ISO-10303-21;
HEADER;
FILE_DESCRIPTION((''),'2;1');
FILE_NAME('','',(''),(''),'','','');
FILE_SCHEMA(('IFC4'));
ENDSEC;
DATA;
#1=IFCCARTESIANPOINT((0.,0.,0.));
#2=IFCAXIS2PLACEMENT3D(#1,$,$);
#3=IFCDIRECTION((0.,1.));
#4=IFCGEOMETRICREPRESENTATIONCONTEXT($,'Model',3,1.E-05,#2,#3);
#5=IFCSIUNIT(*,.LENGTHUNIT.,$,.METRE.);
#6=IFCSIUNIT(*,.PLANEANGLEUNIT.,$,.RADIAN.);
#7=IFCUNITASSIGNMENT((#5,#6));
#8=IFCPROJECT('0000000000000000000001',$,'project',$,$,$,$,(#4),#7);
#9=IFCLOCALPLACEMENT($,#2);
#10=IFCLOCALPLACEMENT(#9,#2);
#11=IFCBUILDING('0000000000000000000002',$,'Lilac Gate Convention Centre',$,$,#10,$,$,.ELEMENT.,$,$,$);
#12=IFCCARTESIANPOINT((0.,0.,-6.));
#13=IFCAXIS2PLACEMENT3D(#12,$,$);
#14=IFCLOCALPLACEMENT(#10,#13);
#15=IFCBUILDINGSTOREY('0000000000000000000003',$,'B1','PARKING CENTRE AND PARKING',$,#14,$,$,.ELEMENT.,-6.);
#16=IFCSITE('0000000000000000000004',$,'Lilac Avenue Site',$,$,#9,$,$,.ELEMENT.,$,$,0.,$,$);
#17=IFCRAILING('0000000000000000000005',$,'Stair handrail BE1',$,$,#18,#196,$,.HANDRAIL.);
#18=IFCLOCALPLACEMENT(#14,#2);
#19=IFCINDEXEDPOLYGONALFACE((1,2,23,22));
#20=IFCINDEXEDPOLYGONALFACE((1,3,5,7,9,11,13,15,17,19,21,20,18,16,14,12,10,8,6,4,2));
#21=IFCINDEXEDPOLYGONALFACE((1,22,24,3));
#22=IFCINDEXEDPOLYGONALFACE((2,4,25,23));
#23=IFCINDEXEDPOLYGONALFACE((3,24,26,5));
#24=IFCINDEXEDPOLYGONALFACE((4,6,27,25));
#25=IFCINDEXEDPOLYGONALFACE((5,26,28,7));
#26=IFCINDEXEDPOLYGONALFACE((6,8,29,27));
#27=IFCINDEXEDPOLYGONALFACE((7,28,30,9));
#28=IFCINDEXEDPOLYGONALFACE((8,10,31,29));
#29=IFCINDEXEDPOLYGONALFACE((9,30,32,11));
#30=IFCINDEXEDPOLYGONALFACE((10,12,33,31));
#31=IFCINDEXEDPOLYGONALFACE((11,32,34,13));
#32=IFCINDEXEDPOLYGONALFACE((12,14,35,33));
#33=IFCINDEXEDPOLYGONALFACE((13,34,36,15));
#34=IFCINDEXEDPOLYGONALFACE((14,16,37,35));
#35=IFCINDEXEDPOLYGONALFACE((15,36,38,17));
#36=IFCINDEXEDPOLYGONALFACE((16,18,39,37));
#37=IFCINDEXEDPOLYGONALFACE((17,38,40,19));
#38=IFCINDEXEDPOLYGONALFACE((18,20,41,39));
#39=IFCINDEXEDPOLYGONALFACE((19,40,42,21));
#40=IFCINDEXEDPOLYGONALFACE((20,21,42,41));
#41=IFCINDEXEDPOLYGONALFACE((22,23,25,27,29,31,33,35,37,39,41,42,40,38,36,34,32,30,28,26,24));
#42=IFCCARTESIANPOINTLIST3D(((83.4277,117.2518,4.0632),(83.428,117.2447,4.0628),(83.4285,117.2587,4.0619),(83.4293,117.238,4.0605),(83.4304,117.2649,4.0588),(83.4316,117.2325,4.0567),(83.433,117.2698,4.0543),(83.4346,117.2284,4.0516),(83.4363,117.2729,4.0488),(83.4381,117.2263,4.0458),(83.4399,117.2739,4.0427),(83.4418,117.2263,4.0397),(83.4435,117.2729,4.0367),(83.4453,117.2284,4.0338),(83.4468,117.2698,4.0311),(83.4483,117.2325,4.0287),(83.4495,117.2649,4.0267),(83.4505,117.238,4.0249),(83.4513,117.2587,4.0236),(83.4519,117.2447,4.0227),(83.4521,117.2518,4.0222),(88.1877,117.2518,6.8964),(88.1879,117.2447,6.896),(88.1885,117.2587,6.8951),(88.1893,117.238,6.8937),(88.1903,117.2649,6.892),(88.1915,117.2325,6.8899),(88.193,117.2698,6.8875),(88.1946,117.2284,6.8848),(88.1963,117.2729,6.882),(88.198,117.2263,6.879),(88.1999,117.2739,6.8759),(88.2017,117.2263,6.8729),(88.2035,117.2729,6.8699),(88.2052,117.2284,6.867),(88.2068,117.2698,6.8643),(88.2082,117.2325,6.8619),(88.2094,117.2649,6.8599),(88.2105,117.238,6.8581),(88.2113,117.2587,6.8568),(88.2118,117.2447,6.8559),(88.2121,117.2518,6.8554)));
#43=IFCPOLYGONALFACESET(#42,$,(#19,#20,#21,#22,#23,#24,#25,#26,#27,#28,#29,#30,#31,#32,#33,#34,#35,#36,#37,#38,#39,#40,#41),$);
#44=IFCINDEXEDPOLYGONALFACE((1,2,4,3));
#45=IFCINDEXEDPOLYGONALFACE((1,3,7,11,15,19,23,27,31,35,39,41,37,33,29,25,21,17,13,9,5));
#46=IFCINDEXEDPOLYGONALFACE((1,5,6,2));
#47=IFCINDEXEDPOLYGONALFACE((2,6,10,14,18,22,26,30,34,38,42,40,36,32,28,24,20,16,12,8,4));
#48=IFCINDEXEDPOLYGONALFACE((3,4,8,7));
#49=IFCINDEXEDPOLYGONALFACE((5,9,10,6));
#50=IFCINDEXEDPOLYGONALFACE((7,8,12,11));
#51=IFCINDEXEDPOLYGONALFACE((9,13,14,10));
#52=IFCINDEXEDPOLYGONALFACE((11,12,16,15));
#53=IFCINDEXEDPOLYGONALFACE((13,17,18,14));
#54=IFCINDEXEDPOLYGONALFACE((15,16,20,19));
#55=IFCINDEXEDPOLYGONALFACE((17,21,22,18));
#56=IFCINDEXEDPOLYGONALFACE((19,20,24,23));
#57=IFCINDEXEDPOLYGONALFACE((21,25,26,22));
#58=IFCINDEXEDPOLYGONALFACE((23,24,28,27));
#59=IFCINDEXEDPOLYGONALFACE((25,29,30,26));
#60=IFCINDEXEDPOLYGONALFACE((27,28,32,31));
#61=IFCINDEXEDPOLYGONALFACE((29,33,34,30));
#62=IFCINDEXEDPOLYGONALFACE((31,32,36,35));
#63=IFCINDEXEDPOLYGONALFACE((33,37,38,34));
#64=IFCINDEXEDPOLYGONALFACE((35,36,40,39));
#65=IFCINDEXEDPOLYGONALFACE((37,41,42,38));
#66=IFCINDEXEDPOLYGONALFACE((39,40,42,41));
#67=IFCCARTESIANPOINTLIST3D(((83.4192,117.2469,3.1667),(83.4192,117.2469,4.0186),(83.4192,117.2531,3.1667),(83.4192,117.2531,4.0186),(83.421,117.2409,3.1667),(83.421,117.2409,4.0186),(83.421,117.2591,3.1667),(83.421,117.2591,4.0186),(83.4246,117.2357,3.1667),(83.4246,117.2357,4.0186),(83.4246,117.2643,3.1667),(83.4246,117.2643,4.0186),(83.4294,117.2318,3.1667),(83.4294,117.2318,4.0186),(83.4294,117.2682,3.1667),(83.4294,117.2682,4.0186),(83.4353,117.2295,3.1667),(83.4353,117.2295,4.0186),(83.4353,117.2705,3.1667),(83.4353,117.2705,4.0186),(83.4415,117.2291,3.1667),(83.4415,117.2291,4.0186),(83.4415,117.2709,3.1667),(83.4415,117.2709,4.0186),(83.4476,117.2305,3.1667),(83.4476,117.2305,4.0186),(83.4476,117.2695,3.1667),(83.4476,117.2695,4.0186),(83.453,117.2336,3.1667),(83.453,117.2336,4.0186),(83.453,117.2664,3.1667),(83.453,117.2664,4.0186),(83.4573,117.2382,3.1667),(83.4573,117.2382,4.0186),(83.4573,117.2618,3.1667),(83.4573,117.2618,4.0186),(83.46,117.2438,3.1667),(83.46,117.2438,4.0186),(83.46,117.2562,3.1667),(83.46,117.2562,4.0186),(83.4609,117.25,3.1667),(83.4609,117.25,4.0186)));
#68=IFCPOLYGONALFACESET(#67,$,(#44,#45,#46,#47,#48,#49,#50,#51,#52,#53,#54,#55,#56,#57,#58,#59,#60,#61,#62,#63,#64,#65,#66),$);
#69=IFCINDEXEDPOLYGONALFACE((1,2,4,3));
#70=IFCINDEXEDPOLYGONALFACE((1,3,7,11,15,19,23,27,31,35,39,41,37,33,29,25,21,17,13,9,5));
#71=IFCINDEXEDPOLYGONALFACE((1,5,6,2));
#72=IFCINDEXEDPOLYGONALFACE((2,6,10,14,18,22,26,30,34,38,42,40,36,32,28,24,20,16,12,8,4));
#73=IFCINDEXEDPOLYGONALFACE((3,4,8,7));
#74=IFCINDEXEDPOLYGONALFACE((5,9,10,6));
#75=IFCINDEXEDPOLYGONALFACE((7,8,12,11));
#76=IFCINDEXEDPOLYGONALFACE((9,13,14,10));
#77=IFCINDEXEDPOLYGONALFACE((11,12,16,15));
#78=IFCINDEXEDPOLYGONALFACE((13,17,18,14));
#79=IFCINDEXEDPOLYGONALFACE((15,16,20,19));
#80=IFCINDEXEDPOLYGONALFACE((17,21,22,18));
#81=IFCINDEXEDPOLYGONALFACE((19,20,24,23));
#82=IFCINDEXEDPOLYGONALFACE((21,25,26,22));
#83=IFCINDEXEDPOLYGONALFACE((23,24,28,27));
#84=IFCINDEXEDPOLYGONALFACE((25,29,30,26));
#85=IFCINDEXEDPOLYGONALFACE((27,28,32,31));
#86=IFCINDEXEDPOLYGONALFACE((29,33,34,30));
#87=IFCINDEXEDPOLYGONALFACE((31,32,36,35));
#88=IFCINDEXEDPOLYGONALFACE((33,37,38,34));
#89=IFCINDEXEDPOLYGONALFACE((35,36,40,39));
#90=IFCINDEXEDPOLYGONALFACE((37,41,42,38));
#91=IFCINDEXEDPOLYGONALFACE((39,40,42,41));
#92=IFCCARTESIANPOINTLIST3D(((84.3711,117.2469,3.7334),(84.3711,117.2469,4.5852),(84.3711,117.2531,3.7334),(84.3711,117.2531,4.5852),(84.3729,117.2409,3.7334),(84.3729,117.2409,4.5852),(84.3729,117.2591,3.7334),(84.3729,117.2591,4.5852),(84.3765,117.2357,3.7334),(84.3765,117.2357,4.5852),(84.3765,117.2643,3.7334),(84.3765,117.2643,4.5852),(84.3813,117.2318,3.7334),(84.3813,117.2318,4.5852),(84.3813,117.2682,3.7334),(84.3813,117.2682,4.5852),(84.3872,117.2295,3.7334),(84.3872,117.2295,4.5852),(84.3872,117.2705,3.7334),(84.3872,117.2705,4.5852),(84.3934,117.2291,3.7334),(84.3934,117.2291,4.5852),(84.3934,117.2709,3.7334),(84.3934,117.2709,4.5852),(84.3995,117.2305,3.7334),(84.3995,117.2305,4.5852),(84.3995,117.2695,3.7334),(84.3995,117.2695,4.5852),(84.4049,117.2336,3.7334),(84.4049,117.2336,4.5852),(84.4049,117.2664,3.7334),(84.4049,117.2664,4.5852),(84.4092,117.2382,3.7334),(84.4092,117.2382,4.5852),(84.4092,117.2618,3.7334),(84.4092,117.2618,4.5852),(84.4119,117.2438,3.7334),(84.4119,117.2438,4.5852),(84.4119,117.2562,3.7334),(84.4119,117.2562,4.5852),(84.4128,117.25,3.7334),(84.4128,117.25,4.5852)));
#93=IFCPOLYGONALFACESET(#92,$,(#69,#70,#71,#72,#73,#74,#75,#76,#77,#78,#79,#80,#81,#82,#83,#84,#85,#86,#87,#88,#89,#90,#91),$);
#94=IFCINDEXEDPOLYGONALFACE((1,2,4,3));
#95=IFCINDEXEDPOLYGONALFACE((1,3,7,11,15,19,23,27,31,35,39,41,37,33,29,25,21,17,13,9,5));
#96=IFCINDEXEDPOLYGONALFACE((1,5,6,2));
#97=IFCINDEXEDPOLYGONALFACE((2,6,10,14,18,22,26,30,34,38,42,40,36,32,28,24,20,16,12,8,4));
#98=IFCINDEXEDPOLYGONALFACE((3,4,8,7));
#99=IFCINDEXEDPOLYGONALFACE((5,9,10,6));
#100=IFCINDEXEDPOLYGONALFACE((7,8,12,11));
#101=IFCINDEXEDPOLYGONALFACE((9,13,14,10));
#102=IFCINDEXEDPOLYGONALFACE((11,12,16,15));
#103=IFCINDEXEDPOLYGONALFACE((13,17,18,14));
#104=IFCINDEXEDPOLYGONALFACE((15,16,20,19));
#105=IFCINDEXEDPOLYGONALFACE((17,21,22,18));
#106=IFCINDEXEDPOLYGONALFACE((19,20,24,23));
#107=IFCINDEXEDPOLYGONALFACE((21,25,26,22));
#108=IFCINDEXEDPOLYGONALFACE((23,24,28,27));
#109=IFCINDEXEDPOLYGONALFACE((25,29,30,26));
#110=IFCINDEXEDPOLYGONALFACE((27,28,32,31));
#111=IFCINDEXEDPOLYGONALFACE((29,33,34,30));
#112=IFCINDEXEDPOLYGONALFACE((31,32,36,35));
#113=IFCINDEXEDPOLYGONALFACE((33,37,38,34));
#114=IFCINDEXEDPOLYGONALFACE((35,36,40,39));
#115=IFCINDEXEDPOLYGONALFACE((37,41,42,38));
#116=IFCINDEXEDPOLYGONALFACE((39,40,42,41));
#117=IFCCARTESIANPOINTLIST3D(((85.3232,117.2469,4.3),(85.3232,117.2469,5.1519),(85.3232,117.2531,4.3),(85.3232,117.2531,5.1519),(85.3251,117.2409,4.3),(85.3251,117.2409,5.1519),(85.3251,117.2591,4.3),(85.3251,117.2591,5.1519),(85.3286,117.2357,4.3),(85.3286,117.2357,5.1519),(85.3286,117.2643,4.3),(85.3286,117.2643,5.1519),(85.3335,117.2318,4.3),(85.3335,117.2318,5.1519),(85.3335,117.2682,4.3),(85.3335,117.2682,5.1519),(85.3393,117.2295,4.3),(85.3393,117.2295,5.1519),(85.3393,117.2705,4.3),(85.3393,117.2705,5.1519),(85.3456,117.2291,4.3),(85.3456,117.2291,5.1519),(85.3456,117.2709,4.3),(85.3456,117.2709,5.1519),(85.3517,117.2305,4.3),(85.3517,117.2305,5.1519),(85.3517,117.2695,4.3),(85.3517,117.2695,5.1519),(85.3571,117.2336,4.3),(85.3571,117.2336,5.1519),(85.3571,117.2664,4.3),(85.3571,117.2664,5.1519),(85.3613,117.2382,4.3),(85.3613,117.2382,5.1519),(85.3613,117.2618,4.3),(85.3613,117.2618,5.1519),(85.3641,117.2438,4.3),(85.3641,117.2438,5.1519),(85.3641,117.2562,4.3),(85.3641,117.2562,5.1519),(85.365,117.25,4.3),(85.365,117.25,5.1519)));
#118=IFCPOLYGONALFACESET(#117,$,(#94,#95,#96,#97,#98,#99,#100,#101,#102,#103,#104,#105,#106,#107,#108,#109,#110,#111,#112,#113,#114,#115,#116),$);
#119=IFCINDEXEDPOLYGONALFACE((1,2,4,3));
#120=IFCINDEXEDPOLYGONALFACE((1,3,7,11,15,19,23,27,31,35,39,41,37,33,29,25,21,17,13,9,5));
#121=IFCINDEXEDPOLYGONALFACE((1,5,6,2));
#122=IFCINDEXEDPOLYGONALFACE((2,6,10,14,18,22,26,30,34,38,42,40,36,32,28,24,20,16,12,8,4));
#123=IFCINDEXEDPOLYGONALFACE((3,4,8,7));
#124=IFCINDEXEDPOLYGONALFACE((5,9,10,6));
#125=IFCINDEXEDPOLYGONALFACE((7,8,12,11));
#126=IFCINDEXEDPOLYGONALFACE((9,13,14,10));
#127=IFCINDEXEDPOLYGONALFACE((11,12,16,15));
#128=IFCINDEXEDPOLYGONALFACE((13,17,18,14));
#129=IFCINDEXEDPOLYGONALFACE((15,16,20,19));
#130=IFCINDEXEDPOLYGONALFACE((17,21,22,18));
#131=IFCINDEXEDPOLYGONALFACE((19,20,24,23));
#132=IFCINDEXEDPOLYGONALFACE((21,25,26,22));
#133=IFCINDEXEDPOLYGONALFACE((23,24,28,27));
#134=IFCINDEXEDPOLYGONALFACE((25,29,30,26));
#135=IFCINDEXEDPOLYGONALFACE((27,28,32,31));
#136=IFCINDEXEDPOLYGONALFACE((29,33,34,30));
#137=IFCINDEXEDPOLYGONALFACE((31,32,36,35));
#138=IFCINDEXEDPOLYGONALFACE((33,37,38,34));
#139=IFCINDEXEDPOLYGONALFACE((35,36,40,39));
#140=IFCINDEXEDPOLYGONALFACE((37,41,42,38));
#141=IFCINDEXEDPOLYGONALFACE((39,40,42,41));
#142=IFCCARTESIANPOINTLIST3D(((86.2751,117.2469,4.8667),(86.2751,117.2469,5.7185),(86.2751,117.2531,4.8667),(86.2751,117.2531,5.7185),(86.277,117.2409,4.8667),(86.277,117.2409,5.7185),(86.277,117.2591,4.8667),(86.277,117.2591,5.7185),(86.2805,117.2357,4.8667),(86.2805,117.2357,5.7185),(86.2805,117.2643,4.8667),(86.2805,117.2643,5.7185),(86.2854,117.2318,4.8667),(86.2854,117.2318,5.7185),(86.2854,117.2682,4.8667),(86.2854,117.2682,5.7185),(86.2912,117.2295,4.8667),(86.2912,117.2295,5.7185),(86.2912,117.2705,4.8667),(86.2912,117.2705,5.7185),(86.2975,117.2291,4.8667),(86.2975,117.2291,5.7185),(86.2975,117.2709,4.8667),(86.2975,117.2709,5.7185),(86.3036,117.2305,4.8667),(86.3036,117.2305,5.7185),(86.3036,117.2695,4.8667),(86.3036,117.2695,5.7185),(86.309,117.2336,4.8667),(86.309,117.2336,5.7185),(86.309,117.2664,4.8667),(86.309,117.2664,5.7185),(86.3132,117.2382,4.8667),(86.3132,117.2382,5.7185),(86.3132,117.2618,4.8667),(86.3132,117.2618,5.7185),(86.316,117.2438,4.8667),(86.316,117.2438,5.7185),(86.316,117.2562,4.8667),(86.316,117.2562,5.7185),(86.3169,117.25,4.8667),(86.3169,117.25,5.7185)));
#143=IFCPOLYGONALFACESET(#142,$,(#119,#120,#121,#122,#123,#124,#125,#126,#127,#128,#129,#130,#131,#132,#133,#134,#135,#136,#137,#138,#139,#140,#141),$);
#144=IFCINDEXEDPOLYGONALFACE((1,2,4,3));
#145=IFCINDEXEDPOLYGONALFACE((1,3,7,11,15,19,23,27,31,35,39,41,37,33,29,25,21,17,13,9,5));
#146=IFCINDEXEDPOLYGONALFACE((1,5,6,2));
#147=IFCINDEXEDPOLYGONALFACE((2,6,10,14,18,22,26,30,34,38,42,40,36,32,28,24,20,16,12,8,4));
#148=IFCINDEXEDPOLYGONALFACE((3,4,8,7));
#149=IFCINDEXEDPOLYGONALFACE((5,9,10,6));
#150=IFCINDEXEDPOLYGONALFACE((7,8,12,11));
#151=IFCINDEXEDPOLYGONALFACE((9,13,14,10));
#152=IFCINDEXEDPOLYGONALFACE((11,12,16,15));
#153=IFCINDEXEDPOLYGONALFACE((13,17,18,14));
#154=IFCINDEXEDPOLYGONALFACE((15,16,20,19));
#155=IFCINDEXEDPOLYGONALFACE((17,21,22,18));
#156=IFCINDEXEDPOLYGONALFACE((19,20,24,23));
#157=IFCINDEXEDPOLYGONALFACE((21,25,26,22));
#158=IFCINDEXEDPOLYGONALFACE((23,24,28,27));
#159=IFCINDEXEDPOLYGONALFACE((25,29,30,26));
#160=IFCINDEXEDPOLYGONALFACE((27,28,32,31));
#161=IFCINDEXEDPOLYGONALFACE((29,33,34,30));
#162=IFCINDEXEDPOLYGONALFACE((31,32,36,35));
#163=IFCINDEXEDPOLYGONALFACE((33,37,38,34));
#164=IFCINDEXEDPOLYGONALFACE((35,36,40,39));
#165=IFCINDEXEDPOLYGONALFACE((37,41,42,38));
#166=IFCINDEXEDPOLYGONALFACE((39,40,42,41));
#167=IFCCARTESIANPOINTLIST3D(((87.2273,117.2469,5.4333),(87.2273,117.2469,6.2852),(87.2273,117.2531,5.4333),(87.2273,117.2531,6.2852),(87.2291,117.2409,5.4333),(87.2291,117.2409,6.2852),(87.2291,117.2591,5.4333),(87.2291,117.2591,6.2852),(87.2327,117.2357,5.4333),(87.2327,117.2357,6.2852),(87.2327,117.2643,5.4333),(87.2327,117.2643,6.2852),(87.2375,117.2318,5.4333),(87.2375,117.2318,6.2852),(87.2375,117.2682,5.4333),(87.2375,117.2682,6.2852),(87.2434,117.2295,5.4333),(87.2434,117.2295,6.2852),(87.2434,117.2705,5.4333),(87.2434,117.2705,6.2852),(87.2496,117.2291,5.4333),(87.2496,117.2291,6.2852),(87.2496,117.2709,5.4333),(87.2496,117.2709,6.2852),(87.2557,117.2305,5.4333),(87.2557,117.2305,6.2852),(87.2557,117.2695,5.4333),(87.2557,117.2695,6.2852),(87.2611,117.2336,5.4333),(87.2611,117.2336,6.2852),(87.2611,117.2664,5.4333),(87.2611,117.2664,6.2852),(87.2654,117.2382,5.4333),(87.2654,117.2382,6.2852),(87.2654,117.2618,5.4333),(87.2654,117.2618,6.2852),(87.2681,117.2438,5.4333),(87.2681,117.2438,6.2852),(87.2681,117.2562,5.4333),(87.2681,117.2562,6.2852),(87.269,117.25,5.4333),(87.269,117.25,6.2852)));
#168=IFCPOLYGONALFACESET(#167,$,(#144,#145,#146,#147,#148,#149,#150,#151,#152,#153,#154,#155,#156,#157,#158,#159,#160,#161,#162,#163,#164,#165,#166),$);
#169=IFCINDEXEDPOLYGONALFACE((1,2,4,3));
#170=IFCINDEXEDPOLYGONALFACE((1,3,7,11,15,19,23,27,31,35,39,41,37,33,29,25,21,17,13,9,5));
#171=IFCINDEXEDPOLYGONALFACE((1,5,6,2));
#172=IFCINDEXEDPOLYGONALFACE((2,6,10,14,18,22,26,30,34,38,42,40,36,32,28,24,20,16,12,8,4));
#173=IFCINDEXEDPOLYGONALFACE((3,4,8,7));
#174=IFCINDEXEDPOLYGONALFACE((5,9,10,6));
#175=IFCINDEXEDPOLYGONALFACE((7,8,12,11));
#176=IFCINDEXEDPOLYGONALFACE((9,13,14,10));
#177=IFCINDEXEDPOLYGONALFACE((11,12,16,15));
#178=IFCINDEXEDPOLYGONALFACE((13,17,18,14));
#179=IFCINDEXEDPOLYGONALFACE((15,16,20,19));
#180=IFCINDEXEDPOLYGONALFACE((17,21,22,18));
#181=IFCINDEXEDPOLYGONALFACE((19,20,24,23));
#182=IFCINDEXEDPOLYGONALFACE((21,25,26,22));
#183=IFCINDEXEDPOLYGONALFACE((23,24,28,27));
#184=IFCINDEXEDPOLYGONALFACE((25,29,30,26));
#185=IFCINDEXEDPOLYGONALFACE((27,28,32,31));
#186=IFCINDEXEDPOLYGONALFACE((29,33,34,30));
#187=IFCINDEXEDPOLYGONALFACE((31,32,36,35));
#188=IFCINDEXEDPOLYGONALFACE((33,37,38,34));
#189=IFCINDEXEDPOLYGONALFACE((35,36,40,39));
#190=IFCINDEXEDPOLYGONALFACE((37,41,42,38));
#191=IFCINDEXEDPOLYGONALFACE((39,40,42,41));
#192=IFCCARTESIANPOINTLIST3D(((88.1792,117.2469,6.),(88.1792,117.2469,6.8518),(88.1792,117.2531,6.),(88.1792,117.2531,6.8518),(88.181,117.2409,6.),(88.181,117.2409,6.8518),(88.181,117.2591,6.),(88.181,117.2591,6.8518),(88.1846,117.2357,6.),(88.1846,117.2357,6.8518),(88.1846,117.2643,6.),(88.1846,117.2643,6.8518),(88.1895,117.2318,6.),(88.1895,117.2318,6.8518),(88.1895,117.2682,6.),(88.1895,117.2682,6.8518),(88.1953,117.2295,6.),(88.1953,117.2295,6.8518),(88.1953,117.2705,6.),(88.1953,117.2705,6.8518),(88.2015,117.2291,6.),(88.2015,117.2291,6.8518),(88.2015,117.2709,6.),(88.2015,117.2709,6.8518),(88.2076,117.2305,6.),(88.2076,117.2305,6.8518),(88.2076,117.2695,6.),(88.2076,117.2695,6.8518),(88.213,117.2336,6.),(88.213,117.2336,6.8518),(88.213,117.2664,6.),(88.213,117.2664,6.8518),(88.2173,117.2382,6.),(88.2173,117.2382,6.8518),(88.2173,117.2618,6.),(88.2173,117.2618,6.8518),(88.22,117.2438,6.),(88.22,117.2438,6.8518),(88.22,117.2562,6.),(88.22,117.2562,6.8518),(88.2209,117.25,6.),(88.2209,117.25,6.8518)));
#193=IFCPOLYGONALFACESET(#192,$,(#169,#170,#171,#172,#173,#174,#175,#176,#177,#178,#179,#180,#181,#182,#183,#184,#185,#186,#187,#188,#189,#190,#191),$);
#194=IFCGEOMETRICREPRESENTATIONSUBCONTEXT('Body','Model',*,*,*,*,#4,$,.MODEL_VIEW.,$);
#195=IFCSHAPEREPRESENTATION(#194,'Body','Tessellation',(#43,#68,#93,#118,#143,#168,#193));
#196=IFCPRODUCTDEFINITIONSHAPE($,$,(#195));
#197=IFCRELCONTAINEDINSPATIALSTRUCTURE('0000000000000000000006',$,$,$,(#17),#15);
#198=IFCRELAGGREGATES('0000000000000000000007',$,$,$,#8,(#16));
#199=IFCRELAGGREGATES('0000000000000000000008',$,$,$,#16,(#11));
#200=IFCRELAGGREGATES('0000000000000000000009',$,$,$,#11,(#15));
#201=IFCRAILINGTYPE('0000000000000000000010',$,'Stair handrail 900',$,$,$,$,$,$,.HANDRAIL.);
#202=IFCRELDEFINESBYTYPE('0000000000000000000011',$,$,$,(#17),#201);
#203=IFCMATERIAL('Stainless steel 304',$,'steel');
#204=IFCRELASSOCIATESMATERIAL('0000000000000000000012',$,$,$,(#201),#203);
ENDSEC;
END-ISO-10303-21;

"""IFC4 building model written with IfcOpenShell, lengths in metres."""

from ifc_helpers import new_model, si_unit, direction, frame, origin, origin_2d, place, context, subcontext, project, spatial, circle, extrude, material, type_object, element, save


model = new_model("IFC4")

# Units and contexts
model_context = context("Model", 3, precision=1e-05, world=origin(), true_north=direction((0.0, 1.0)))
body_context = subcontext(model_context, "Body", "Model", "MODEL_VIEW")
ifc_project = project(units=[si_unit("LENGTHUNIT", "METRE"), si_unit("PLANEANGLEUNIT", "RADIAN")], contexts=[model_context])

# Site, building, storey
site_placement = place(None, origin())
site = spatial("IfcSite", under=ifc_project, at=site_placement, Name="Lilac Avenue Site", CompositionType="ELEMENT", RefElevation=0.0)
building_placement = place(site_placement, origin())
building = spatial("IfcBuilding", under=site, at=building_placement, Name="Lilac Gate Convention Centre", CompositionType="ELEMENT")
storey_placement = place(building_placement, frame((0.0, 0.0, -6.0)))
storey = spatial("IfcBuildingStorey", under=building, at=storey_placement, Name="B1", Description="PARKING CENTRE AND PARKING", CompositionType="ELEMENT", Elevation=-6.0)

# Shared definitions
ifc_material_1 = material(Name="Stainless steel 304", Category="steel")

# Railing
railing_type = type_object("IfcRailingType", Name="Stair handrail 900", PredefinedType="HANDRAIL", material=ifc_material_1)
for number, where, name in (
    (1, (83.4399, 117.25, 3.1667), "Stair handrail BE1"),
):
    element("IfcRailing", number, at=place(storey_placement, frame(where)), inside=storey, type_object=railing_type, Name=name, PredefinedType="HANDRAIL", context=body_context, shape_type="SweptSolid", body=[
        extrude(circle(Radius=0.0239, at=origin_2d()), frame((0.0, 0.0, 0.876), z_axis=(0.8593, 0.0, 0.511472), x_axis=(0.0, 1.0, 0.0)), (0.0, 0.0, 1.0), 5.5393),
        extrude(circle(Radius=0.021, at=origin_2d()), origin(), (0.0, 0.0, 1.0), 0.8518),
        extrude(circle(Radius=0.021, at=origin_2d()), frame((0.9519, 0.0, 0.5667)), (0.0, 0.0, 1.0), 0.8518),
        extrude(circle(Radius=0.021, at=origin_2d()), frame((1.9041, 0.0, 1.1333)), (0.0, 0.0, 1.0), 0.8518),
        extrude(circle(Radius=0.021, at=origin_2d()), frame((2.856, 0.0, 1.7)), (0.0, 0.0, 1.0), 0.8518),
        extrude(circle(Radius=0.021, at=origin_2d()), frame((3.8081, 0.0, 2.2666)), (0.0, 0.0, 1.0), 0.8518),
        extrude(circle(Radius=0.021, at=origin_2d()), frame((4.76, 0.0, 2.8333)), (0.0, 0.0, 1.0), 0.8518),
    ])

save(model, "model.ifc")
